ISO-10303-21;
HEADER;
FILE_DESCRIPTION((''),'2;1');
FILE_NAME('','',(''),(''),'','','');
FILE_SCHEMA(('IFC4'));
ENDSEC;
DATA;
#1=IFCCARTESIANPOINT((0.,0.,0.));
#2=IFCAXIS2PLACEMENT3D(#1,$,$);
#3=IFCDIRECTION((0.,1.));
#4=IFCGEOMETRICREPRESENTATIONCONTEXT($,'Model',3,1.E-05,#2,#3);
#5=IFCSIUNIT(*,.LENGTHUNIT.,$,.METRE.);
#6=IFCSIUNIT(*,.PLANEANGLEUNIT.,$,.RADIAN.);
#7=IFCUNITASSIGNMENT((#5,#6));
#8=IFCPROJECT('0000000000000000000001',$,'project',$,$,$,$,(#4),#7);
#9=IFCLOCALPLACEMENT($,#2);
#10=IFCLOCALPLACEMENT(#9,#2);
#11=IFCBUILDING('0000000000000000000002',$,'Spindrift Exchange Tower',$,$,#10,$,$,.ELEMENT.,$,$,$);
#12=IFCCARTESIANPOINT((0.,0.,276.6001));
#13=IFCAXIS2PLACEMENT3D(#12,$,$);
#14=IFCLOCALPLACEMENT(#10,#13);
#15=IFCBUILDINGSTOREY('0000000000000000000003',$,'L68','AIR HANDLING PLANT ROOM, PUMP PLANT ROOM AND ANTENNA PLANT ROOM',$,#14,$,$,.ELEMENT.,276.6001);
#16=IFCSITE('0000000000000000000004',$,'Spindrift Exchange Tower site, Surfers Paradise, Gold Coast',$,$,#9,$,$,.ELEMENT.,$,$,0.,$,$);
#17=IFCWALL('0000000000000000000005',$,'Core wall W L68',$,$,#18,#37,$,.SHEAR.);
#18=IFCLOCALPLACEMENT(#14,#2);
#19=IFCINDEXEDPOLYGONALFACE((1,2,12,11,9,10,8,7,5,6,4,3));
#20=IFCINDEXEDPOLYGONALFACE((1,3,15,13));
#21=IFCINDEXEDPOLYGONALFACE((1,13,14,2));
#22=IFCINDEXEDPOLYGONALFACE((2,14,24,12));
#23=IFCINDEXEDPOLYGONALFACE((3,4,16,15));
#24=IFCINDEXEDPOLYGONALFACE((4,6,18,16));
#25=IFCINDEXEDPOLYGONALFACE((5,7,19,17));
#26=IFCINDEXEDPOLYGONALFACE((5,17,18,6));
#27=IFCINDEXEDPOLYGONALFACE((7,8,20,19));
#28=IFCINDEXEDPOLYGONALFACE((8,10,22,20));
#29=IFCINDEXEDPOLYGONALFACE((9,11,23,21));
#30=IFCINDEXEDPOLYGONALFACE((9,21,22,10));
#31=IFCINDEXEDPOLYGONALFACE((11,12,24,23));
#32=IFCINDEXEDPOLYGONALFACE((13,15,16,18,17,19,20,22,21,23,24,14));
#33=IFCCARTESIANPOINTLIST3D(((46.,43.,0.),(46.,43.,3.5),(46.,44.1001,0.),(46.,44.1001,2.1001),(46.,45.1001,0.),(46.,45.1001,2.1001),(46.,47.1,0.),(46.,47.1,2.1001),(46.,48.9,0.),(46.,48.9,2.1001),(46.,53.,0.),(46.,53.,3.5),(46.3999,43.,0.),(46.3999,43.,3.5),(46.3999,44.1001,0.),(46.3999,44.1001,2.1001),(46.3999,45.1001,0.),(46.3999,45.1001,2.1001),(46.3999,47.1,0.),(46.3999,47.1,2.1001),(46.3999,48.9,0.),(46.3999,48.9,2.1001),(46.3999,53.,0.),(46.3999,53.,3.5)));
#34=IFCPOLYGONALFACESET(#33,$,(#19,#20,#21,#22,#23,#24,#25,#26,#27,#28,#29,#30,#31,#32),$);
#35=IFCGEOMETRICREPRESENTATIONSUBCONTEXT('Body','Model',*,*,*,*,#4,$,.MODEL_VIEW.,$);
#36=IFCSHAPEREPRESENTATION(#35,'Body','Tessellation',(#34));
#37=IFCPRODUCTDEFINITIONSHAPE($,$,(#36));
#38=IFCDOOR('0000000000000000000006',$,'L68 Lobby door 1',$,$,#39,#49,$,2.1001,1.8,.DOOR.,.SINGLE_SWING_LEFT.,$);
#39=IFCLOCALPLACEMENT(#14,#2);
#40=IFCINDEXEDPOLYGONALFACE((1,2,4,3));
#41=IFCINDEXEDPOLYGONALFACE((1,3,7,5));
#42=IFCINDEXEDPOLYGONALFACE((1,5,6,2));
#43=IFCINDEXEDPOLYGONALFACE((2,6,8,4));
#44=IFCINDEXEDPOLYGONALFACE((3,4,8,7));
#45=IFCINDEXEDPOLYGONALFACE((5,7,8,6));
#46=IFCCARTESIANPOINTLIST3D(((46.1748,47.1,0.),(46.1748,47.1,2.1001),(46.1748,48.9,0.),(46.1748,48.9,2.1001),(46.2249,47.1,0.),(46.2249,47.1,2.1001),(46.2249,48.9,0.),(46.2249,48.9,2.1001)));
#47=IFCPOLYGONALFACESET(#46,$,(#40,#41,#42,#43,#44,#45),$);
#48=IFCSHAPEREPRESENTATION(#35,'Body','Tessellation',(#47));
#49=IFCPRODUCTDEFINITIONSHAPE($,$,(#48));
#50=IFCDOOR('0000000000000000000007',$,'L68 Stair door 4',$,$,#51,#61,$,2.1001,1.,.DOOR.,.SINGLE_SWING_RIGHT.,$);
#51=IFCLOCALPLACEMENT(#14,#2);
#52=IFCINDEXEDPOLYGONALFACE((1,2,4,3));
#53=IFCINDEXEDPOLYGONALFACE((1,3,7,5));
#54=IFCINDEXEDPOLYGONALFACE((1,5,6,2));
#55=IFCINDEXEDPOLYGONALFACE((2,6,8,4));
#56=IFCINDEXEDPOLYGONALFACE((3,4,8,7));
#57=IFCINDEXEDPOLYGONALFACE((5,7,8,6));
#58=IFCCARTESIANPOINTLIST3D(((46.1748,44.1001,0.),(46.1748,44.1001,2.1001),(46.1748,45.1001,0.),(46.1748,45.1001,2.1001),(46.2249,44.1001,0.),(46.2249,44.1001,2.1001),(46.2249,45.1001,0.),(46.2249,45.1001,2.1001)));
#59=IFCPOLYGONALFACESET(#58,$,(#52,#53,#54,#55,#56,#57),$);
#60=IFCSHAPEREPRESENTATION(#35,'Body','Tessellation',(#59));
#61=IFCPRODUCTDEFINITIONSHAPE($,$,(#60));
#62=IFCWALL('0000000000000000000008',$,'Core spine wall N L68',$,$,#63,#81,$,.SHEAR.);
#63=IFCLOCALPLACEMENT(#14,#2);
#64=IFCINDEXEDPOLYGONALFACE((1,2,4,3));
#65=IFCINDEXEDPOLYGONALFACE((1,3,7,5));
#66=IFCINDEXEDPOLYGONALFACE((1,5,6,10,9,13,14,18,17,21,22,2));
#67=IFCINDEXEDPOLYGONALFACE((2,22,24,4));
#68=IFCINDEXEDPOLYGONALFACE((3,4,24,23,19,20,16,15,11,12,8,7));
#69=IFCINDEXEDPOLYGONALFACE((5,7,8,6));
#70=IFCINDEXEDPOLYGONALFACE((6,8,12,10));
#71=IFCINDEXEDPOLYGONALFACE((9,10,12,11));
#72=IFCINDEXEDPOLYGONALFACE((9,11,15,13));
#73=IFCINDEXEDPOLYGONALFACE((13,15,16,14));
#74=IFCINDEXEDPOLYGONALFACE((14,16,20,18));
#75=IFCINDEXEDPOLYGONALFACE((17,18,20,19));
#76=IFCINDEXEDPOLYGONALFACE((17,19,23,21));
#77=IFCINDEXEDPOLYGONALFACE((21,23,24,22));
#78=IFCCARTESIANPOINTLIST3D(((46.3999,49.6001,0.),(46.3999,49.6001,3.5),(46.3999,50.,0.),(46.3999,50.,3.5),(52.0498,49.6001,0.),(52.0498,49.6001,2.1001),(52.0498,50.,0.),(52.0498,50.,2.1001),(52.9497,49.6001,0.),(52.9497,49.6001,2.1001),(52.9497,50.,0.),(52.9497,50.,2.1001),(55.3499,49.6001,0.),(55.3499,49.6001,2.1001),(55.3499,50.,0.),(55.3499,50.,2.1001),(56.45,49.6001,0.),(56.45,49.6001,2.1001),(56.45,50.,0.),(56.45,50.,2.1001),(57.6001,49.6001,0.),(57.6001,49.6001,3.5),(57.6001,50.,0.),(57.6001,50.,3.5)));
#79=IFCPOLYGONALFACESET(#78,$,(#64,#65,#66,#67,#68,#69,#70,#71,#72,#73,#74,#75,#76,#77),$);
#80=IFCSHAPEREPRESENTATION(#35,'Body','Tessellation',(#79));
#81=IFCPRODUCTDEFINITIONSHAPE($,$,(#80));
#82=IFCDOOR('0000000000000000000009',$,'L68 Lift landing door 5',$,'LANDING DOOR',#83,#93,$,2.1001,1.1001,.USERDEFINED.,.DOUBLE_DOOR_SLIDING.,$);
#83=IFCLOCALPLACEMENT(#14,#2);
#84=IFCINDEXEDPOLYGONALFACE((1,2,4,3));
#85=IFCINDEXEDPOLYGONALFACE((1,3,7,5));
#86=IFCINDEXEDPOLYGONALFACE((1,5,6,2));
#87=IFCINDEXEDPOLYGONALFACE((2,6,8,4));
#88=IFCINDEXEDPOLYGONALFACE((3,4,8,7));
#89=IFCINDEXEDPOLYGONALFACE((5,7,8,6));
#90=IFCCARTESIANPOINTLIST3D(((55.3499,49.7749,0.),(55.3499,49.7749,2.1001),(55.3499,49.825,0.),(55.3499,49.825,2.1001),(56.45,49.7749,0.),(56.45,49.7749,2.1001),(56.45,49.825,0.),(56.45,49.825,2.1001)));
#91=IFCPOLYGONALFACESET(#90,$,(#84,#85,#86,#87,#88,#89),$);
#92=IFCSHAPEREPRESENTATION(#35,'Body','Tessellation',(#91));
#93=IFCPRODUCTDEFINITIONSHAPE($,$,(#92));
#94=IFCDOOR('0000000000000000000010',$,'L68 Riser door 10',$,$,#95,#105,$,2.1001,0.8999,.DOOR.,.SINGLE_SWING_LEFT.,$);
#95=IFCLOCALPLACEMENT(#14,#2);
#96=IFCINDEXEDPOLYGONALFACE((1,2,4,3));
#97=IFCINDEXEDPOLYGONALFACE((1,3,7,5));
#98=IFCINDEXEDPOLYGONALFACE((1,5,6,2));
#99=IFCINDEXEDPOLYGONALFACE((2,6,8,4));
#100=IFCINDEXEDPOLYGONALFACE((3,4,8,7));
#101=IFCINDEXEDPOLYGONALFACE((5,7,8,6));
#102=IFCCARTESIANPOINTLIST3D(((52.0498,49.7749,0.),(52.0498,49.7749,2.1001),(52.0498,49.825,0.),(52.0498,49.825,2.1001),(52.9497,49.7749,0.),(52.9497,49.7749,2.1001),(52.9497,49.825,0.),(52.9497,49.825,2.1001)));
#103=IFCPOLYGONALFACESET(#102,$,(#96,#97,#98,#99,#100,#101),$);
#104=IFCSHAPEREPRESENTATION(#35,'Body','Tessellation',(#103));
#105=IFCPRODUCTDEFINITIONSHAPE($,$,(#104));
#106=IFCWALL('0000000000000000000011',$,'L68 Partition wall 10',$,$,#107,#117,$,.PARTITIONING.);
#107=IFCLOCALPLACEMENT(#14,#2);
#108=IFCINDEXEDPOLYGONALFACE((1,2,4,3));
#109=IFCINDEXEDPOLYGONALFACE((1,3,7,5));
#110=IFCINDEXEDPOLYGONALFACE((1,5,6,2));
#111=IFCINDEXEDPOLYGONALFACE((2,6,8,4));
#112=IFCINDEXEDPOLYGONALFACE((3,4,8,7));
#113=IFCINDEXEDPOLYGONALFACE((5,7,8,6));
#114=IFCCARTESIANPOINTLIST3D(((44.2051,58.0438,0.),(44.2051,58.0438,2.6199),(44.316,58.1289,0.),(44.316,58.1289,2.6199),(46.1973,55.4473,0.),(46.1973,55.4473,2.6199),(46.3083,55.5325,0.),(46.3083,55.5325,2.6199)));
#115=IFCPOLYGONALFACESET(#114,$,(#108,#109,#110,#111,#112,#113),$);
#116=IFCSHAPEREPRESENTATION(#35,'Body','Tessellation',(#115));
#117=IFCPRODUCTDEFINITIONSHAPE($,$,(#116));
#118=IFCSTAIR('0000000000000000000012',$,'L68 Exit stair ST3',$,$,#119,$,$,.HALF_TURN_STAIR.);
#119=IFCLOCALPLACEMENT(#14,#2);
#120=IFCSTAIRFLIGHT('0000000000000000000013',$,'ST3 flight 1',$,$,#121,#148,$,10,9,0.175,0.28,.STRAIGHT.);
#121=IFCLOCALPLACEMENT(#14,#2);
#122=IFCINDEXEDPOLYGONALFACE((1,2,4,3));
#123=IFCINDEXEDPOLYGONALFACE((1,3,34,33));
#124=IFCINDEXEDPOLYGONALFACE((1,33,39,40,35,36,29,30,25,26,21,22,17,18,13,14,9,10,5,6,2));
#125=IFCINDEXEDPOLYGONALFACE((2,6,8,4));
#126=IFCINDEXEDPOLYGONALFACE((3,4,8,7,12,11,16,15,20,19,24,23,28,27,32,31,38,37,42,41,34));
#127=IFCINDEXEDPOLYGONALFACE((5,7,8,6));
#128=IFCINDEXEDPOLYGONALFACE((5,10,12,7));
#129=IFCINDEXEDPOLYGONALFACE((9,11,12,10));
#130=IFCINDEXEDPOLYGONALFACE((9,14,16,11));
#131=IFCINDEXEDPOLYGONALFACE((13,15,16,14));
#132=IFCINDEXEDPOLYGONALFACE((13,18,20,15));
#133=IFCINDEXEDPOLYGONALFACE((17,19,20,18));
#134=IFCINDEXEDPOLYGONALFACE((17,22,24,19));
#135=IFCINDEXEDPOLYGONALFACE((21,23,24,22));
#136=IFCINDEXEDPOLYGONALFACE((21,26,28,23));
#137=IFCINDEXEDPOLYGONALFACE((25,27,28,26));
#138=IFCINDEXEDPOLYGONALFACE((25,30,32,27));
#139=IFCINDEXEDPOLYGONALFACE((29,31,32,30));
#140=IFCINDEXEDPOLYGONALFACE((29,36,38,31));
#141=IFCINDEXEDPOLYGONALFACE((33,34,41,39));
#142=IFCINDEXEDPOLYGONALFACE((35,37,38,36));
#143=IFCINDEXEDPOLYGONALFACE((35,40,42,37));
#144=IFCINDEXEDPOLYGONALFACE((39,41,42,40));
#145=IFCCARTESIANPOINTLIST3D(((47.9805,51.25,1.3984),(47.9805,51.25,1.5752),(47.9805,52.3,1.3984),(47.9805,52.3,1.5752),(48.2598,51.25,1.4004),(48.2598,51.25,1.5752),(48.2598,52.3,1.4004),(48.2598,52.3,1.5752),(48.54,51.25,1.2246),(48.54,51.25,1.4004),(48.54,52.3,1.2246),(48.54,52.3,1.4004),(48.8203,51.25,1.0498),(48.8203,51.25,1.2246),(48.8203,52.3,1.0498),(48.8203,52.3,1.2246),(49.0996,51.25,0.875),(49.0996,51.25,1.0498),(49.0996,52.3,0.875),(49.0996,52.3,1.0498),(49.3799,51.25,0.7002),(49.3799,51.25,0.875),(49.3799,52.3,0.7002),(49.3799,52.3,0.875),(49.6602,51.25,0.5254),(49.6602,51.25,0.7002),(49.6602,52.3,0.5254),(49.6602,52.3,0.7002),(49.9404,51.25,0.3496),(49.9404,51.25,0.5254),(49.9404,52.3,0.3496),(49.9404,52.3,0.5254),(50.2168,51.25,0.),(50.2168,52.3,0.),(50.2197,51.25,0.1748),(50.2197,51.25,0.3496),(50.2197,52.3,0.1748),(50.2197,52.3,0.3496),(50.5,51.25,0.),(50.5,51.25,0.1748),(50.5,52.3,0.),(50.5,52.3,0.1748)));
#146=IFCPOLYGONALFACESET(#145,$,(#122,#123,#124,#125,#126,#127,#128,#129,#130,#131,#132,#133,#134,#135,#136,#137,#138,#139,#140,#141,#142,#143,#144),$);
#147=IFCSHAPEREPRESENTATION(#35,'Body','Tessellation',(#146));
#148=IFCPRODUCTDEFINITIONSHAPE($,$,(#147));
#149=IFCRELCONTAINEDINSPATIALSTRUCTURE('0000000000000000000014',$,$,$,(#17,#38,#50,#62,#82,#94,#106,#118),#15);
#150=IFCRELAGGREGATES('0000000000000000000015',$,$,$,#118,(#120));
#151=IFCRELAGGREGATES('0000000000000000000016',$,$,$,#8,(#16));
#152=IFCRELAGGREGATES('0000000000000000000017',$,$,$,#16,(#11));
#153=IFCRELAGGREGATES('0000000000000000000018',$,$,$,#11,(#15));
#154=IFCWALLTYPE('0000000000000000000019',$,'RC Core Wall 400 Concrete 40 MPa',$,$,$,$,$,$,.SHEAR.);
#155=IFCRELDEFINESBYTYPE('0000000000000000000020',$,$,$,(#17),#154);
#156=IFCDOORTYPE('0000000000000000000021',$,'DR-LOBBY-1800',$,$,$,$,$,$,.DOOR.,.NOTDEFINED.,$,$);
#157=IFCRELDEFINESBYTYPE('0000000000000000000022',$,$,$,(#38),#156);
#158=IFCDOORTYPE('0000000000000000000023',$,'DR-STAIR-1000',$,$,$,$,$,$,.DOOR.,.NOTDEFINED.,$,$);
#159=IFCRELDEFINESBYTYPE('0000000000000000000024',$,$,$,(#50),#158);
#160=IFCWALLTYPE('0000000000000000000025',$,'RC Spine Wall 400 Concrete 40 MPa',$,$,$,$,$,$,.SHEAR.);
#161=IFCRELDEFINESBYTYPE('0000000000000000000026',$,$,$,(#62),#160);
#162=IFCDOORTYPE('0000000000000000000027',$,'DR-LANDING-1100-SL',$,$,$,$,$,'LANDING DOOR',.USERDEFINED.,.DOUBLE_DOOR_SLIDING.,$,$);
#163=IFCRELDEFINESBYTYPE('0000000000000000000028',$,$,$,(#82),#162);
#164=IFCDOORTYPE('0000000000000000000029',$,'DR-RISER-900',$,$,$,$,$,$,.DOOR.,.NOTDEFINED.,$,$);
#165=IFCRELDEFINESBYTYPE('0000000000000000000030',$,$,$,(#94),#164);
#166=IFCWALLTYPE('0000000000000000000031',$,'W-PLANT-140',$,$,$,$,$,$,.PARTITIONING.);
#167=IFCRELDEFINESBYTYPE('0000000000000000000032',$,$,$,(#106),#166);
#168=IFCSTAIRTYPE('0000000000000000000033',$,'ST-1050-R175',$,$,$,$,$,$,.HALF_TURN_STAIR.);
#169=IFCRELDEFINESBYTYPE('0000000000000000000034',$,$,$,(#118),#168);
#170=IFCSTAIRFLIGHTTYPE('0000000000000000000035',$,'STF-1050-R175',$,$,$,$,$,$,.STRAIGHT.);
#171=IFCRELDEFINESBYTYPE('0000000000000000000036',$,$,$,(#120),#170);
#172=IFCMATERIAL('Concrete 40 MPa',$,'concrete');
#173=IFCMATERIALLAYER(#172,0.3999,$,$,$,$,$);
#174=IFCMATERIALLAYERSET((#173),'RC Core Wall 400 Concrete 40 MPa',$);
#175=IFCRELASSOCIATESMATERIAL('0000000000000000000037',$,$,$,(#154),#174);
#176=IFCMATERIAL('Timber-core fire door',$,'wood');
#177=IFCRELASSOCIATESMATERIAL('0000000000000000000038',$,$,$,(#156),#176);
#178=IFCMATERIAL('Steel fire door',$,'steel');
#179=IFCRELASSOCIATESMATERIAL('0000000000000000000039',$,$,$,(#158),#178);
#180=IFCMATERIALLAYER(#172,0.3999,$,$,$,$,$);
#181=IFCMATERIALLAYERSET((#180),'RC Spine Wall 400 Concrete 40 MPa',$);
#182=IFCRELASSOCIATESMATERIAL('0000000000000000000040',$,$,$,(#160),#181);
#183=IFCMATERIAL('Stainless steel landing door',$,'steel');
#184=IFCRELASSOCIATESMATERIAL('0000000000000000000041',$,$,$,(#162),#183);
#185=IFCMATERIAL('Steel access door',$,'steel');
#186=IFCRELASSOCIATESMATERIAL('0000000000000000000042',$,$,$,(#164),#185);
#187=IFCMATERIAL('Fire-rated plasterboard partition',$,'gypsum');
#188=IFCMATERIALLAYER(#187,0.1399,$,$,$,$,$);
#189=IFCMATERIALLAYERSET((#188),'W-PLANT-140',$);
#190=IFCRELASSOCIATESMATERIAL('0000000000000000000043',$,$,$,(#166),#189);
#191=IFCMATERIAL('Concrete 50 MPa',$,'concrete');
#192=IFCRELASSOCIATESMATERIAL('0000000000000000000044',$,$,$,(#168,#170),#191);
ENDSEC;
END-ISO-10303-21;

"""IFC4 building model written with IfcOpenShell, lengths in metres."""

from ifc_helpers import new_model, si_unit, direction, frame, frame_2d, origin, place, context, subcontext, project, spatial, line, indexed_curve, rectangle, outline, extrude, source, transform, mapped, material, layer, layer_set, type_object, element, fill, aggregate, save


model = new_model("IFC4")

# Units and contexts
model_context = context("Model", 3, precision=1e-05, world=origin(), true_north=direction((0.0, 1.0)))
body_context = subcontext(model_context, "Body", "Model", "MODEL_VIEW")
ifc_project = project(units=[si_unit("LENGTHUNIT", "METRE"), si_unit("PLANEANGLEUNIT", "RADIAN")], contexts=[model_context])

# Site, building, storey
site_placement = place(None, origin())
site = spatial("IfcSite", under=ifc_project, at=site_placement, Name="Spindrift Exchange Tower site, Surfers Paradise, Gold Coast", CompositionType="ELEMENT", RefElevation=0.0)
building_placement = place(site_placement, origin())
building = spatial("IfcBuilding", under=site, at=building_placement, Name="Spindrift Exchange Tower", CompositionType="ELEMENT")
storey_placement = place(building_placement, frame((0.0, 0.0, 276.6001)))
storey = spatial("IfcBuildingStorey", under=building, at=storey_placement, Name="L68", Description="AIR HANDLING PLANT ROOM, PUMP PLANT ROOM AND ANTENNA PLANT ROOM", CompositionType="ELEMENT", Elevation=276.6001)

# Shared definitions
ifc_material_1 = material(Name="Concrete 40 MPa", Category="concrete")

# Walls, openings, doors
ifc_layer_1 = layer(ifc_material_1, 0.3999)
ifc_layer_set_1 = layer_set([ifc_layer_1], Name="RC Core Wall 400 Concrete 40 MPa")
wall_type_1 = type_object("IfcWallType", Name="RC Core Wall 400 Concrete 40 MPa", PredefinedType="SHEAR", material=ifc_layer_set_1)
wall_1_placement = place(storey_placement, frame((46.2, 53.0, 0.0), z_axis=(0.0, 0.0, 1.0), x_axis=(0.0, -1.0, 0.0)))
wall_1 = element("IfcWall", 1, at=wall_1_placement, inside=storey, type_object=wall_type_1, Name="Core wall W L68", PredefinedType="SHEAR", context=body_context, shape_type="SweptSolid", body=[
    extrude(rectangle(XDim=10.0, YDim=0.3999, at=frame_2d((5.0, 0.0))), origin(), (0.0, 0.0, 1.0), 3.5),
])
opening_1_placement = place(wall_1_placement, frame((4.1001, 0.0, 0.0)))
opening_1 = element("IfcOpeningElement", 2, at=opening_1_placement, cuts=wall_1, PredefinedType="OPENING", context=body_context, shape_type="SweptSolid", body=[
    extrude(rectangle(XDim=1.8, YDim=2.1001, at=frame_2d((0.8999, 1.05))), frame((0.0, 0.21, 0.0), z_axis=(0.0, -1.0, 0.0), x_axis=(1.0, 0.0, 0.0)), (0.0, 0.0, 1.0), 0.4199),
])
opening_2_placement = place(wall_1_placement, frame((7.8999, 0.0, 0.0)))
opening_2 = element("IfcOpeningElement", 3, at=opening_2_placement, cuts=wall_1, PredefinedType="OPENING", context=body_context, shape_type="SweptSolid", body=[
    extrude(rectangle(XDim=1.0, YDim=2.1001, at=frame_2d((0.5, 1.05))), frame((0.0, 0.21, 0.0), z_axis=(0.0, -1.0, 0.0), x_axis=(1.0, 0.0, 0.0)), (0.0, 0.0, 1.0), 0.4199),
])
ifc_material_2 = material(Name="Timber-core fire door", Category="wood")
door_type_1 = type_object("IfcDoorType", Name="DR-LOBBY-1800", OperationType="NOTDEFINED", PredefinedType="DOOR", material=ifc_material_2)
shared_shape_1 = source(origin(), body_context, "Body", "SweptSolid", [
    extrude(rectangle(XDim=1.8, YDim=2.1001, at=frame_2d((0.8999, 1.05))), frame((0.0, 0.0249, 0.0), z_axis=(0.0, -1.0, 0.0), x_axis=(1.0, 0.0, 0.0)), (0.0, 0.0, 1.0), 0.05),
])
door_1_placement = place(opening_1_placement, origin())
door_1 = element("IfcDoor", 4, at=door_1_placement, inside=storey, type_object=door_type_1, Name="L68 Lobby door 1", OperationType="SINGLE_SWING_LEFT", OverallHeight=2.1001, OverallWidth=1.8, PredefinedType="DOOR", context=body_context, shape_type="MappedRepresentation", body=[
    mapped(shared_shape_1, transform((0.0, 0.0, 0.0), scale=1.0)),
])
fill(opening_1, door_1)
ifc_material_3 = material(Name="Steel fire door", Category="steel")
door_type_2 = type_object("IfcDoorType", Name="DR-STAIR-1000", OperationType="NOTDEFINED", PredefinedType="DOOR", material=ifc_material_3)
shared_shape_2 = source(origin(), body_context, "Body", "SweptSolid", [
    extrude(rectangle(XDim=1.0, YDim=2.1001, at=frame_2d((0.5, 1.05))), frame((0.0, 0.0249, 0.0), z_axis=(0.0, -1.0, 0.0), x_axis=(1.0, 0.0, 0.0)), (0.0, 0.0, 1.0), 0.05),
])
door_2_placement = place(opening_2_placement, origin())
door_2 = element("IfcDoor", 5, at=door_2_placement, inside=storey, type_object=door_type_2, Name="L68 Stair door 4", OperationType="SINGLE_SWING_RIGHT", OverallHeight=2.1001, OverallWidth=1.0, PredefinedType="DOOR", context=body_context, shape_type="MappedRepresentation", body=[
    mapped(shared_shape_2, transform((0.0, 0.0, 0.0), scale=1.0)),
])
fill(opening_2, door_2)
ifc_layer_2 = layer(ifc_material_1, 0.3999)
ifc_layer_set_2 = layer_set([ifc_layer_2], Name="RC Spine Wall 400 Concrete 40 MPa")
wall_type_2 = type_object("IfcWallType", Name="RC Spine Wall 400 Concrete 40 MPa", PredefinedType="SHEAR", material=ifc_layer_set_2)
wall_2_placement = place(storey_placement, frame((46.3999, 49.8, 0.0), z_axis=(0.0, 0.0, 1.0), x_axis=(1.0, 0.0, 0.0)))
wall_2 = element("IfcWall", 6, at=wall_2_placement, inside=storey, type_object=wall_type_2, Name="Core spine wall N L68", PredefinedType="SHEAR", context=body_context, shape_type="SweptSolid", body=[
    extrude(rectangle(XDim=11.2002, YDim=0.3999, at=frame_2d((5.6001, 0.0))), origin(), (0.0, 0.0, 1.0), 3.5),
])
opening_3_placement = place(wall_2_placement, frame((8.95, 0.0, 0.0)))
opening_3 = element("IfcOpeningElement", 7, at=opening_3_placement, cuts=wall_2, PredefinedType="OPENING", context=body_context, shape_type="SweptSolid", body=[
    extrude(rectangle(XDim=1.1001, YDim=2.1001, at=frame_2d((0.55, 1.05))), frame((0.0, 0.21, 0.0), z_axis=(0.0, -1.0, 0.0), x_axis=(1.0, 0.0, 0.0)), (0.0, 0.0, 1.0), 0.4199),
])
opening_4_placement = place(wall_2_placement, frame((5.6499, 0.0, 0.0)))
opening_4 = element("IfcOpeningElement", 8, at=opening_4_placement, cuts=wall_2, PredefinedType="OPENING", context=body_context, shape_type="SweptSolid", body=[
    extrude(rectangle(XDim=0.8999, YDim=2.1001, at=frame_2d((0.45, 1.05))), frame((0.0, 0.21, 0.0), z_axis=(0.0, -1.0, 0.0), x_axis=(1.0, 0.0, 0.0)), (0.0, 0.0, 1.0), 0.4199),
])
ifc_material_4 = material(Name="Stainless steel landing door", Category="steel")
door_type_3 = type_object("IfcDoorType", Name="DR-LANDING-1100-SL", ElementType="LANDING DOOR", OperationType="DOUBLE_DOOR_SLIDING", PredefinedType="USERDEFINED", material=ifc_material_4)
shared_shape_3 = source(origin(), body_context, "Body", "SweptSolid", [
    extrude(rectangle(XDim=1.1001, YDim=2.1001, at=frame_2d((0.55, 1.05))), frame((0.0, 0.0249, 0.0), z_axis=(0.0, -1.0, 0.0), x_axis=(1.0, 0.0, 0.0)), (0.0, 0.0, 1.0), 0.05),
])
door_3_placement = place(opening_3_placement, origin())
door_3 = element("IfcDoor", 9, at=door_3_placement, inside=storey, type_object=door_type_3, Name="L68 Lift landing door 5", ObjectType="LANDING DOOR", OperationType="DOUBLE_DOOR_SLIDING", OverallHeight=2.1001, OverallWidth=1.1001, PredefinedType="USERDEFINED", context=body_context, shape_type="MappedRepresentation", body=[
    mapped(shared_shape_3, transform((0.0, 0.0, 0.0), scale=1.0)),
])
fill(opening_3, door_3)
ifc_material_5 = material(Name="Steel access door", Category="steel")
door_type_4 = type_object("IfcDoorType", Name="DR-RISER-900", OperationType="NOTDEFINED", PredefinedType="DOOR", material=ifc_material_5)
shared_shape_4 = source(origin(), body_context, "Body", "SweptSolid", [
    extrude(rectangle(XDim=0.8999, YDim=2.1001, at=frame_2d((0.45, 1.05))), frame((0.0, 0.0249, 0.0), z_axis=(0.0, -1.0, 0.0), x_axis=(1.0, 0.0, 0.0)), (0.0, 0.0, 1.0), 0.05),
])
door_4_placement = place(opening_4_placement, origin())
door_4 = element("IfcDoor", 10, at=door_4_placement, inside=storey, type_object=door_type_4, Name="L68 Riser door 10", OperationType="SINGLE_SWING_LEFT", OverallHeight=2.1001, OverallWidth=0.8999, PredefinedType="DOOR", context=body_context, shape_type="MappedRepresentation", body=[
    mapped(shared_shape_4, transform((0.0, 0.0, 0.0), scale=1.0)),
])
fill(opening_4, door_4)

# Wall
ifc_material_6 = material(Name="Fire-rated plasterboard partition", Category="gypsum")
ifc_layer_3 = layer(ifc_material_6, 0.1399)
ifc_layer_set_3 = layer_set([ifc_layer_3], Name="W-PLANT-140")
wall_type_3 = type_object("IfcWallType", Name="W-PLANT-140", PredefinedType="PARTITIONING", material=ifc_layer_set_3)
wall_3_placement = place(storey_placement, frame((46.2527, 55.49, 0.0), z_axis=(0.0, 0.0, 1.0), x_axis=(-0.608737, 0.793372, 0.0)))
element("IfcWall", 11, at=wall_3_placement, inside=storey, type_object=wall_type_3, Name="L68 Partition wall 10", PredefinedType="PARTITIONING", context=body_context, shape_type="SweptSolid", body=[
    extrude(rectangle(XDim=3.2727, YDim=0.1399, at=frame_2d((1.6362, 0.0))), origin(), (0.0, 0.0, 1.0), 2.6199),
])

# Stair, stair flight
ifc_material_7 = material(Name="Concrete 50 MPa", Category="concrete")
stair_type = type_object("IfcStairType", Name="ST-1050-R175", PredefinedType="HALF_TURN_STAIR", material=ifc_material_7)
stair_placement = place(storey_placement, origin())
stair = element("IfcStair", 12, at=stair_placement, inside=storey, type_object=stair_type, Name="L68 Exit stair ST3", PredefinedType="HALF_TURN_STAIR")
stair_flight_type = type_object("IfcStairFlightType", Name="STF-1050-R175", PredefinedType="STRAIGHT", material=ifc_material_7)
stair_flight_1_placement = place(storey_placement, frame((50.5, 51.7749, 0.0), z_axis=(0.0, 0.0, 1.0), x_axis=(-1.0, 0.0, 0.0)))
stair_flight_1 = element("IfcStairFlight", 13, at=stair_flight_1_placement, type_object=stair_flight_type, Name="ST3 flight 1", NumberOfRisers=10, NumberOfTreads=9, PredefinedType="STRAIGHT", RiserHeight=0.175, TreadLength=0.28, context=body_context, shape_type="SweptSolid", body=[
    extrude(outline(indexed_curve([(0.0, 0.0), (0.0, 0.1748), (0.2803, 0.1748), (0.2803, 0.3496), (0.5596, 0.3496), (0.5596, 0.5254), (0.8398, 0.5254), (0.8398, 0.7002), (1.1201, 0.7002), (1.1201, 0.875), (1.4004, 0.875), (1.4004, 1.0498), (1.6797, 1.0498), (1.6797, 1.2246), (1.96, 1.2246), (1.96, 1.4004), (2.2402, 1.4004), (2.2402, 1.5752), (2.5195, 1.5752), (2.5195, 1.75), (2.5195, 1.3984), (0.2832, 0.0)], segments=[line(1, 2, 3, 4, 5, 6, 7, 8, 9, 10, 11, 12, 13, 14, 15, 16, 17, 18, 19, 20, 21, 22, 1)], self_intersect=False)), frame((0.0, 0.5249, 0.0), z_axis=(0.0, -1.0, 0.0), x_axis=(1.0, 0.0, 0.0)), (0.0, 0.0, 1.0), 1.05),
])
aggregate(stair, [stair_flight_1])

save(model, "model.ifc")
